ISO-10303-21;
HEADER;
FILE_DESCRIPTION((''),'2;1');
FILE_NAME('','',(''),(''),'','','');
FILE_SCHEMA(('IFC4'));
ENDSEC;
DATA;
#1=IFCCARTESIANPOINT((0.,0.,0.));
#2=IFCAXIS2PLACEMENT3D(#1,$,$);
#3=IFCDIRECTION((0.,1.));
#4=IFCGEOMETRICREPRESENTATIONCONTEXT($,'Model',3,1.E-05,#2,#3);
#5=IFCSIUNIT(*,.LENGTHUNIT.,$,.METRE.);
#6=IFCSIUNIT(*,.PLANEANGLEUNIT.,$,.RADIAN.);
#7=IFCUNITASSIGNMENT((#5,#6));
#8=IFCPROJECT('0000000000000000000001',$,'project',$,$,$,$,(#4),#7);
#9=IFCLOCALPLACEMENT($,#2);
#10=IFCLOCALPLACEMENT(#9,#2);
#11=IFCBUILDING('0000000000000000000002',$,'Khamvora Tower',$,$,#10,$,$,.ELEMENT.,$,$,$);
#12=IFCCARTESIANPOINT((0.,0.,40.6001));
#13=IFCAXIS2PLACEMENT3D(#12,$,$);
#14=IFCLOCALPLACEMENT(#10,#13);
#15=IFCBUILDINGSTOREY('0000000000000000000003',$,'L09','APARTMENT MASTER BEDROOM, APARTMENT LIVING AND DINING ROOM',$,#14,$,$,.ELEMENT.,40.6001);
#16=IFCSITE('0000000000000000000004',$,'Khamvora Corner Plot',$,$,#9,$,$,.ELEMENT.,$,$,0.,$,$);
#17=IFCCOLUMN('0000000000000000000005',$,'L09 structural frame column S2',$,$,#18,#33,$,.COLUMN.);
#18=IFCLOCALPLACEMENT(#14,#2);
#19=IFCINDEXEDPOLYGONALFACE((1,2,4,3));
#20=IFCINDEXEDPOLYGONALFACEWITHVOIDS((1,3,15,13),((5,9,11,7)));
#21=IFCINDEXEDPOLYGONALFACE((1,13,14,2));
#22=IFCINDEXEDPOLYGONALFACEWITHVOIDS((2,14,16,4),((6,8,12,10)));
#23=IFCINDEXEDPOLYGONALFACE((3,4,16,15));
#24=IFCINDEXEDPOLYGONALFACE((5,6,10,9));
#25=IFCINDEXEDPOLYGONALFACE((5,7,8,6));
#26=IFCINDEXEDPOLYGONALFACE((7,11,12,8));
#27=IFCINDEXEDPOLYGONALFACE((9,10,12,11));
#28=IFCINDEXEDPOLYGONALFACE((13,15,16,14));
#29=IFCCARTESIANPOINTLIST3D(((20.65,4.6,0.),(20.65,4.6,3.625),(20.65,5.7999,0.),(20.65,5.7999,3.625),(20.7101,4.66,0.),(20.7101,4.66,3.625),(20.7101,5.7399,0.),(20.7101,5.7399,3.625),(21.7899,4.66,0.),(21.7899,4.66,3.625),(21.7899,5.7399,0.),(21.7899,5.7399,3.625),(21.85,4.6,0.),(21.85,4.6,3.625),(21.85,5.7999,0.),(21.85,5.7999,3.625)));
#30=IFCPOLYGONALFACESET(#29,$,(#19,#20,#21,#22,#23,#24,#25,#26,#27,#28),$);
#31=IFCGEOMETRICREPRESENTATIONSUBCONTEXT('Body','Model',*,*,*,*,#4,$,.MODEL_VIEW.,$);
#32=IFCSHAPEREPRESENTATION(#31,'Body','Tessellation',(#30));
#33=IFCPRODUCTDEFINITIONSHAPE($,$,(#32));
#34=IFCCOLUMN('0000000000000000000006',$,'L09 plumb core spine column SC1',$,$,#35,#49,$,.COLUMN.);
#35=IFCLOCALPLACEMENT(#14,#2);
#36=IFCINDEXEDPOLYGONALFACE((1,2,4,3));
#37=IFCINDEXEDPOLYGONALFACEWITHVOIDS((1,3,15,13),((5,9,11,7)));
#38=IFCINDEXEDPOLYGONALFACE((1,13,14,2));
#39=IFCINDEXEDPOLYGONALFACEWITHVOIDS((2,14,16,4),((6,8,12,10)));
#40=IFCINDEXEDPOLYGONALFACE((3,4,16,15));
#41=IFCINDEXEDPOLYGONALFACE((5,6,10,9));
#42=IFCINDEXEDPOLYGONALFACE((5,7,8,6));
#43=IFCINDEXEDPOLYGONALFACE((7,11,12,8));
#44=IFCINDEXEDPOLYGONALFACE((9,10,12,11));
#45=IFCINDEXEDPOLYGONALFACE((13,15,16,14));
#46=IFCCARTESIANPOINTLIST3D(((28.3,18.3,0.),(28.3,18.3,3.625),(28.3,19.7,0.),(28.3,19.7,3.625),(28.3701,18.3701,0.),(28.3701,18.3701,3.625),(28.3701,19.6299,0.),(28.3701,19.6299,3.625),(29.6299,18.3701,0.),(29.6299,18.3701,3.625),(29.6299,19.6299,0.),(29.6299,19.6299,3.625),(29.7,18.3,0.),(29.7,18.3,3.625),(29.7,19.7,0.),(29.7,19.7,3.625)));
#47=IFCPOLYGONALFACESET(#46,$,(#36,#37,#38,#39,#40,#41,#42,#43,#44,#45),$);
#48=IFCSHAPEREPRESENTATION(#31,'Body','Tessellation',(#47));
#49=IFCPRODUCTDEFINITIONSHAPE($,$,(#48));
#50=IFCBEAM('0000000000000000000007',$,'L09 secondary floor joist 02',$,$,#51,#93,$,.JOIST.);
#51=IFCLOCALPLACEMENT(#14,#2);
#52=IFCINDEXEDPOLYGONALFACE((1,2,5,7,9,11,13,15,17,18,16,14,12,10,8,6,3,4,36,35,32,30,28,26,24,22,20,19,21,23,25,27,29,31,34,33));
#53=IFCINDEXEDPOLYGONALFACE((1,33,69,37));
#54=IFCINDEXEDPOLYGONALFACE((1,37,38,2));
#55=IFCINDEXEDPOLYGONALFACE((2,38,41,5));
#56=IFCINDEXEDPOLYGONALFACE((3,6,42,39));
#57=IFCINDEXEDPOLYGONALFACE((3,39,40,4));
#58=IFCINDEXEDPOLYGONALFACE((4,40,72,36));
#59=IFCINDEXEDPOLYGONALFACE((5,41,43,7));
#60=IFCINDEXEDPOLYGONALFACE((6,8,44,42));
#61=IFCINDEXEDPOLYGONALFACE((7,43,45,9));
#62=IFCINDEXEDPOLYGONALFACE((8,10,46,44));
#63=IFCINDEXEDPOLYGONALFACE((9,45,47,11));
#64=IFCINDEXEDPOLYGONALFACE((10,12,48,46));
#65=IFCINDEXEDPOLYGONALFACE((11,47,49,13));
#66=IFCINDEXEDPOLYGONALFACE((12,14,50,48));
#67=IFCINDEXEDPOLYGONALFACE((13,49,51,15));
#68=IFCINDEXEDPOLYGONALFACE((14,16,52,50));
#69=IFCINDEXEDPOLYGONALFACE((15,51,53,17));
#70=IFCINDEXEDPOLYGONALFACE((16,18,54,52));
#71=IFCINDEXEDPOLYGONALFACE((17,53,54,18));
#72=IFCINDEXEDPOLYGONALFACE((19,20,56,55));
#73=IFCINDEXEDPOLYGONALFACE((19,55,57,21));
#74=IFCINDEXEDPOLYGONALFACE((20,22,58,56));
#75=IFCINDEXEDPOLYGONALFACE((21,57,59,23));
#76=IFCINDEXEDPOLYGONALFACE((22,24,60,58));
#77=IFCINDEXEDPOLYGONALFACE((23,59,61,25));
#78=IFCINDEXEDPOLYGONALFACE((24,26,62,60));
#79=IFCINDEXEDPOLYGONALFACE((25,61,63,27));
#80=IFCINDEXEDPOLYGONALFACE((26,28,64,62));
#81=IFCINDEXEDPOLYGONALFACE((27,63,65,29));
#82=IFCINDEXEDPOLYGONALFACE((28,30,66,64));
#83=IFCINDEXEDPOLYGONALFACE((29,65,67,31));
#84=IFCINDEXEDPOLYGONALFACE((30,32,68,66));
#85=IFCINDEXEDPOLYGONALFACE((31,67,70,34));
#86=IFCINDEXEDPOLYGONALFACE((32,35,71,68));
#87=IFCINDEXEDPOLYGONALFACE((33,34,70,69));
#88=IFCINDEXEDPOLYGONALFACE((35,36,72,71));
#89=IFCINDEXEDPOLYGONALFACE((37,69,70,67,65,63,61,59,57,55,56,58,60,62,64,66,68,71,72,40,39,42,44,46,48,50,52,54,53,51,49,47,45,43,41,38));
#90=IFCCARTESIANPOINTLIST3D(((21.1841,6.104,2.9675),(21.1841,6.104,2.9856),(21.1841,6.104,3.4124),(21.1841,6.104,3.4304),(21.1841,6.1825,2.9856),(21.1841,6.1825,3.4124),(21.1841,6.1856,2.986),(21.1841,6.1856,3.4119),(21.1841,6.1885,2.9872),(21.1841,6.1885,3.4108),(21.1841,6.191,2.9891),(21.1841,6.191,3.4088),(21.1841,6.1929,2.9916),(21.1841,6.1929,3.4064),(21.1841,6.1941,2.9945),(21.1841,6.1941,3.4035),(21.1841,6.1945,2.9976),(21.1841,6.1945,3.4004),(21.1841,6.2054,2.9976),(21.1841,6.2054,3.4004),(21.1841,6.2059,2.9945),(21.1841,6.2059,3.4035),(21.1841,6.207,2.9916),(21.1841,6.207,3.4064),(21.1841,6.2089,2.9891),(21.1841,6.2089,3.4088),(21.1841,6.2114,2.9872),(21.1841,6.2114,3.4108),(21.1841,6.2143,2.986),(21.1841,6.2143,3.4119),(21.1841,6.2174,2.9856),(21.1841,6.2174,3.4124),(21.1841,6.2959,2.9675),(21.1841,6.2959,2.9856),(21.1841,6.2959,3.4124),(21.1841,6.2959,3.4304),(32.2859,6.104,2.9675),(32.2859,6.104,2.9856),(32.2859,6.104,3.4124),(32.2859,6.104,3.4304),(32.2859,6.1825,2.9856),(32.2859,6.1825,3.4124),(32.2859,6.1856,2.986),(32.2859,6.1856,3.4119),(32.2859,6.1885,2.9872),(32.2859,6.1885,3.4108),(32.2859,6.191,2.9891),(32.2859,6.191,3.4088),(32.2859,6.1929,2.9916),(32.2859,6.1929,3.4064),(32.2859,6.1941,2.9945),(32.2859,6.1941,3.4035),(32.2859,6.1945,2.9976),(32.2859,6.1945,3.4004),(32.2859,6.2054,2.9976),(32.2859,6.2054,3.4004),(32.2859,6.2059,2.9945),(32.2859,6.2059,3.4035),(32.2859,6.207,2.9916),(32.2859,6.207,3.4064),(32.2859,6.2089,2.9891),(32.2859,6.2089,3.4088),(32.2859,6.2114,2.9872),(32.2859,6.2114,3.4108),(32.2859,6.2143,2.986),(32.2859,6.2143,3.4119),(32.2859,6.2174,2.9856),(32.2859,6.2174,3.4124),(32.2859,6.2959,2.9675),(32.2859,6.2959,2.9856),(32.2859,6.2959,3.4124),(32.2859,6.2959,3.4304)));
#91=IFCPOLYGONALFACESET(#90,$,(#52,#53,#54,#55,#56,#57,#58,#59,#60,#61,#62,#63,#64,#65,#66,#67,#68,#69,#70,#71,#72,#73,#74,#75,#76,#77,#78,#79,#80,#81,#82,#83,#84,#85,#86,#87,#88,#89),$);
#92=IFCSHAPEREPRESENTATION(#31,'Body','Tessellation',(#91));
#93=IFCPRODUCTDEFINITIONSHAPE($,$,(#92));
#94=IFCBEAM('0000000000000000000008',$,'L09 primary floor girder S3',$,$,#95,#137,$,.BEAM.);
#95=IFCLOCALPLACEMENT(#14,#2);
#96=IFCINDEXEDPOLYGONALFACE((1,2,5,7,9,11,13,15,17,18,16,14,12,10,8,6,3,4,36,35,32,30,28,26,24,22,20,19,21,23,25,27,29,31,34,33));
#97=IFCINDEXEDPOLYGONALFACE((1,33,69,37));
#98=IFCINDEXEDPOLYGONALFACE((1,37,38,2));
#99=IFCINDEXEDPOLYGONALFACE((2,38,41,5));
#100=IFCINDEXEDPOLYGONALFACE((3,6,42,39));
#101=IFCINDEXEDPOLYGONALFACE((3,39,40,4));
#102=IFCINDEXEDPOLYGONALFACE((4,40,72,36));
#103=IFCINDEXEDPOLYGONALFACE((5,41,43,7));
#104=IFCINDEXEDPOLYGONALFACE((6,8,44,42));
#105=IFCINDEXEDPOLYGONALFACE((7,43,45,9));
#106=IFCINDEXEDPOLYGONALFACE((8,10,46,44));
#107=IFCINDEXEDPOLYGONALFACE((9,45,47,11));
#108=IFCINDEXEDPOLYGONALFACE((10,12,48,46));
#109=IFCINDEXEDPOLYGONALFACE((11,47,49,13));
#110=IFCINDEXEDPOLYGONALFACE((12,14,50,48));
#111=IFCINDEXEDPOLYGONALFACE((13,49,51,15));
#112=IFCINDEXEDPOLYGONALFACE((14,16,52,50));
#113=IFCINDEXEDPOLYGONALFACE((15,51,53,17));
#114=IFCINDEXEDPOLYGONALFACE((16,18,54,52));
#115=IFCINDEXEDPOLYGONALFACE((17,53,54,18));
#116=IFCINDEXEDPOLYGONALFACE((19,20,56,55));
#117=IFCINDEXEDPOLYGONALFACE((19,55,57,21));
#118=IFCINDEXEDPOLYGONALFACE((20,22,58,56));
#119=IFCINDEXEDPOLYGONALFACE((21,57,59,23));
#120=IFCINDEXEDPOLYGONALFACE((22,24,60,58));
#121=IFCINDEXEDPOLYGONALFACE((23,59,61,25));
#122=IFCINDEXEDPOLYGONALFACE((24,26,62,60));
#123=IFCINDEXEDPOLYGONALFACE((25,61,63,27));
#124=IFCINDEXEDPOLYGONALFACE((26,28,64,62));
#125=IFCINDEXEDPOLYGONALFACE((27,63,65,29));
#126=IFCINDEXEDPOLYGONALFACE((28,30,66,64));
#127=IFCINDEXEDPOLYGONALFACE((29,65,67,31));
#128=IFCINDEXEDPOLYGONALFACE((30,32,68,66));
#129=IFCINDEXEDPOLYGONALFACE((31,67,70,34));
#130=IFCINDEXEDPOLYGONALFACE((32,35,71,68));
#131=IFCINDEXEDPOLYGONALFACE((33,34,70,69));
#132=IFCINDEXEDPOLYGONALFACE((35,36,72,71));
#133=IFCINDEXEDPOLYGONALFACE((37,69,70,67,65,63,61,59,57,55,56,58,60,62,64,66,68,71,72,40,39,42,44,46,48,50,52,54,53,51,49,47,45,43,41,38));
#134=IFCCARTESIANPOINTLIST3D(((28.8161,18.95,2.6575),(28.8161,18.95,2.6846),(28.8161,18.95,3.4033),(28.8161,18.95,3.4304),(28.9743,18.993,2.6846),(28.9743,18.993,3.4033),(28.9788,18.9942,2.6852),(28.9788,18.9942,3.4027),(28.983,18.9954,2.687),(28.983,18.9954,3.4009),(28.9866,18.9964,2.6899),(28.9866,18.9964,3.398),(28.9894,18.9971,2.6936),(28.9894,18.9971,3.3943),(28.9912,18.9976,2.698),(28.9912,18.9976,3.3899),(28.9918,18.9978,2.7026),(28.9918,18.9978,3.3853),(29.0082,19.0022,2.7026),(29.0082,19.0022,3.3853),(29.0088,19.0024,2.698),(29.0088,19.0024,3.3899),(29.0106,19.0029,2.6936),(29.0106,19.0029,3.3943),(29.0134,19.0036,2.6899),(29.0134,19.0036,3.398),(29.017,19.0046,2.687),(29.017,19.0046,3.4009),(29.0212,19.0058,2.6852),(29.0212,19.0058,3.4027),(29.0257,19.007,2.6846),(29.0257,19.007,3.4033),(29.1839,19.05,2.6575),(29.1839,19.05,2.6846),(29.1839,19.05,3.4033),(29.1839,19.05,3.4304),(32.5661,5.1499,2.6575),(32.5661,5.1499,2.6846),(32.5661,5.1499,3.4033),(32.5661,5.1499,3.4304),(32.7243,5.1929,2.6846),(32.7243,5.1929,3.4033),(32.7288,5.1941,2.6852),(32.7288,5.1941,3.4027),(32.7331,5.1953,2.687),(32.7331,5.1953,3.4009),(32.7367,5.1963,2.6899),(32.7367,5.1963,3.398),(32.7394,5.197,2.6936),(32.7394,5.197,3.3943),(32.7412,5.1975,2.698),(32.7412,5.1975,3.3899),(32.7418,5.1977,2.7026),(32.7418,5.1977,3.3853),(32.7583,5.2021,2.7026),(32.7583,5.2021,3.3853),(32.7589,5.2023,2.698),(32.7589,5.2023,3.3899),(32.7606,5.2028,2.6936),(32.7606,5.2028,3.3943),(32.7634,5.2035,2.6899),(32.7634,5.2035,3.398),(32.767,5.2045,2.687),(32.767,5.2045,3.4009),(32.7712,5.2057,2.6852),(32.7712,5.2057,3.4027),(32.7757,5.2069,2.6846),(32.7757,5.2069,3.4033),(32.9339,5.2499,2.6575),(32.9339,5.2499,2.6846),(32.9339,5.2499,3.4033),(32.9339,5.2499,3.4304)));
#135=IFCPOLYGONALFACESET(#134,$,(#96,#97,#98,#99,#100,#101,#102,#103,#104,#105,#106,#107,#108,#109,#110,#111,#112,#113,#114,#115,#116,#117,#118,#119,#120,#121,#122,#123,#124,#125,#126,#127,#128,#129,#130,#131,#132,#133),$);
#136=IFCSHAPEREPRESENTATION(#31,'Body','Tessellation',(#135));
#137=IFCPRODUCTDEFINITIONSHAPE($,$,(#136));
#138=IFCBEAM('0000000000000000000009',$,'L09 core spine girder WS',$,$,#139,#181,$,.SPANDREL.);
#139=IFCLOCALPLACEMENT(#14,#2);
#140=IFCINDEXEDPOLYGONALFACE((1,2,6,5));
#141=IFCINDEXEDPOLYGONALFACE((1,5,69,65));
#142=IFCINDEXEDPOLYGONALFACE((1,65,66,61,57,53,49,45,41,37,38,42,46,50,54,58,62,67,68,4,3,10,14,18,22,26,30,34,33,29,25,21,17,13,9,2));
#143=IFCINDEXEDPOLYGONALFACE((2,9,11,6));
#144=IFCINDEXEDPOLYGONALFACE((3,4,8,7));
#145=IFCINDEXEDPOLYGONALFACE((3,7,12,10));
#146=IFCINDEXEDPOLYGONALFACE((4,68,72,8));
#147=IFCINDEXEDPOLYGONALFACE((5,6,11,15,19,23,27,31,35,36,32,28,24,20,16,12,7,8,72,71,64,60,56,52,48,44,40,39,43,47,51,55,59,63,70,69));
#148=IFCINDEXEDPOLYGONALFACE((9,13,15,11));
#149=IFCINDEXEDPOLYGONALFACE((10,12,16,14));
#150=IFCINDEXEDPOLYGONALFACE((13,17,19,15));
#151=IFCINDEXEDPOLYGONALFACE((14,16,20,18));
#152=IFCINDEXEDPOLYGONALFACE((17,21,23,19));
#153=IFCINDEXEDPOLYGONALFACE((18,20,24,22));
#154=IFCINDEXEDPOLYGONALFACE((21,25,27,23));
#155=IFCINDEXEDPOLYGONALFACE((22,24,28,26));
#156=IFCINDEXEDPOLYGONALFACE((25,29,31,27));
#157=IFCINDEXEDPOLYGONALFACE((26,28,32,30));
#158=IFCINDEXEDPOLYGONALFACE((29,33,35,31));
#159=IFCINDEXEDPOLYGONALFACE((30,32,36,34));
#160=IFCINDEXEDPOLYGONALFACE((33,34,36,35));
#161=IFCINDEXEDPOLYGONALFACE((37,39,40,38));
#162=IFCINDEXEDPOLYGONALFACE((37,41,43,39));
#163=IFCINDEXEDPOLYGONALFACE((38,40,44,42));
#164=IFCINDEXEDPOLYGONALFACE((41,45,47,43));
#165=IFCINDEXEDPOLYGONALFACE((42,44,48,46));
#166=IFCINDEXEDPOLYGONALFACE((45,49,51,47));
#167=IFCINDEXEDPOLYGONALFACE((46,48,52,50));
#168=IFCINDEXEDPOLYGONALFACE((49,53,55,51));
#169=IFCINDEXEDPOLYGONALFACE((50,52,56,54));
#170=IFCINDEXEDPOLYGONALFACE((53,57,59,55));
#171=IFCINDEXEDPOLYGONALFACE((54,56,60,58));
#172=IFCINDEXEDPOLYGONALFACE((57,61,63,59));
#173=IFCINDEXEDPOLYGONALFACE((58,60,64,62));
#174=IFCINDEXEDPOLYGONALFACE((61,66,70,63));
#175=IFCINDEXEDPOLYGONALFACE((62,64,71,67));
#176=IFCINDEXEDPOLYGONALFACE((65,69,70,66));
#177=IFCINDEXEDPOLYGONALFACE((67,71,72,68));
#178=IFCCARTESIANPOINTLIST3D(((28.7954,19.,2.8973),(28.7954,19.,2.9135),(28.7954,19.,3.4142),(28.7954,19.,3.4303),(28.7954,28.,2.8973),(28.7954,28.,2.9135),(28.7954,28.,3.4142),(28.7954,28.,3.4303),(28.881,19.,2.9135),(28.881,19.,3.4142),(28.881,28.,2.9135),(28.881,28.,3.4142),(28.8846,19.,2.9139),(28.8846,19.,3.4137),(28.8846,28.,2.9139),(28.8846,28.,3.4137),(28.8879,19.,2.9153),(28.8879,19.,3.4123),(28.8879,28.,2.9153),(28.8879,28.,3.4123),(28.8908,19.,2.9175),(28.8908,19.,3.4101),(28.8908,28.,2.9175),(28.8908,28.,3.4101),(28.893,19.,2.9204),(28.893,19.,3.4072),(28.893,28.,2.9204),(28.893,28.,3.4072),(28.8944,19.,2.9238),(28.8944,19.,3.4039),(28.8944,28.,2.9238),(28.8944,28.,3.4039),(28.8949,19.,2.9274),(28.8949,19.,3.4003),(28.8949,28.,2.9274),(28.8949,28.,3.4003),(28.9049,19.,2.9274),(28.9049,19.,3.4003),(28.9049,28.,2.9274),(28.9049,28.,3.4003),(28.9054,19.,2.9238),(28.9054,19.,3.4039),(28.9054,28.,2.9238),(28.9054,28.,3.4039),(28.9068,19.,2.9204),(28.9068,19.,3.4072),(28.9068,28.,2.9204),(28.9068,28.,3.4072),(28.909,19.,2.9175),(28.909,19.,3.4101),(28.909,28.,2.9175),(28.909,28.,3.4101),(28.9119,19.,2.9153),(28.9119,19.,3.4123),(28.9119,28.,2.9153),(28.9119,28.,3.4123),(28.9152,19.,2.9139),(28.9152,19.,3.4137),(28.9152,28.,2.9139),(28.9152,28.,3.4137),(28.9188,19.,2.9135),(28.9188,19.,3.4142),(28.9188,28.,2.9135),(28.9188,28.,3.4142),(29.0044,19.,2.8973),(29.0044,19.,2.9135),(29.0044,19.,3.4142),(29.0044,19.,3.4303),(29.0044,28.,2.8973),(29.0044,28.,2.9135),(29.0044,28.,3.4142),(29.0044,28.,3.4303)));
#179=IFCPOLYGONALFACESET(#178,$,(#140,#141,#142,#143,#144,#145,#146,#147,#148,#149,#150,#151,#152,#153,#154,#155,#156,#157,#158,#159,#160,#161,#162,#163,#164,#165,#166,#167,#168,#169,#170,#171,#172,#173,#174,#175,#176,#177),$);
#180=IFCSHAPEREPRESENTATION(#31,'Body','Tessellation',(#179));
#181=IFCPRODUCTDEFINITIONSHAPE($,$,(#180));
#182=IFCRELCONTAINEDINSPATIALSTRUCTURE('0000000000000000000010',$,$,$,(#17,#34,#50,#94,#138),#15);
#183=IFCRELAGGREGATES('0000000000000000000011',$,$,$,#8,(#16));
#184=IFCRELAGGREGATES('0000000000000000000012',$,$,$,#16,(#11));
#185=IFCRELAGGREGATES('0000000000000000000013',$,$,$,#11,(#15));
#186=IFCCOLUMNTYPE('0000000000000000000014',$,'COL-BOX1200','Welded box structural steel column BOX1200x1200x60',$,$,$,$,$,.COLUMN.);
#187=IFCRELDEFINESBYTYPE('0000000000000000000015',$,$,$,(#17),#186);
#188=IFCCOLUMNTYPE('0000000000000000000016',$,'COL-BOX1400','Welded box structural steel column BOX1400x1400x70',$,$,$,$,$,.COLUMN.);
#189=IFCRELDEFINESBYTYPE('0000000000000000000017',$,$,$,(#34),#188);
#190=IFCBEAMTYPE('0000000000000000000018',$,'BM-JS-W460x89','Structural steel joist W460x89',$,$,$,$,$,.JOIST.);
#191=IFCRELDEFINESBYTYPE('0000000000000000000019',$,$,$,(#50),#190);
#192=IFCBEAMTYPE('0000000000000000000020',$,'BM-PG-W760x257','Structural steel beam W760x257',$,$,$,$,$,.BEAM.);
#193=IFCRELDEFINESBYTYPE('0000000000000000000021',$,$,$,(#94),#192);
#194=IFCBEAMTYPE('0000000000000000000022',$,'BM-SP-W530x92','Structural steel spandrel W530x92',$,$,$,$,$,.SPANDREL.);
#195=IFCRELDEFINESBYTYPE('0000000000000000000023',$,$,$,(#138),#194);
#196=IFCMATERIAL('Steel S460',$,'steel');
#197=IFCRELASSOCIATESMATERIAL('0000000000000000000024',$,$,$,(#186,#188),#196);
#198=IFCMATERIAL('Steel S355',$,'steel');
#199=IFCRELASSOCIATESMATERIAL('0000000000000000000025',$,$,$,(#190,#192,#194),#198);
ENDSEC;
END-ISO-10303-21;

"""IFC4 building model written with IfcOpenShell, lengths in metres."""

from ifc_helpers import new_model, si_unit, direction, frame, origin, origin_2d, place, context, subcontext, project, spatial, hollow_rectangle, i_section, extrude, material, material_profile, profile_set, type_object, element, save


model = new_model("IFC4")

# Units and contexts
model_context = context("Model", 3, precision=1e-05, world=origin(), true_north=direction((0.0, 1.0)))
body_context = subcontext(model_context, "Body", "Model", "MODEL_VIEW")
ifc_project = project(units=[si_unit("LENGTHUNIT", "METRE"), si_unit("PLANEANGLEUNIT", "RADIAN")], contexts=[model_context])

# Site, building, storey
site_placement = place(None, origin())
site = spatial("IfcSite", under=ifc_project, at=site_placement, Name="Khamvora Corner Plot", CompositionType="ELEMENT", RefElevation=0.0)
building_placement = place(site_placement, origin())
building = spatial("IfcBuilding", under=site, at=building_placement, Name="Khamvora Tower", CompositionType="ELEMENT")
storey_placement = place(building_placement, frame((0.0, 0.0, 40.6001)))
storey = spatial("IfcBuildingStorey", under=building, at=storey_placement, Name="L09", Description="APARTMENT MASTER BEDROOM, APARTMENT LIVING AND DINING ROOM", CompositionType="ELEMENT", Elevation=40.6001)

# Columns
ifc_material_1 = material(Name="Steel S460", Category="steel")
ifc_material_profile_1 = material_profile(ifc_material_1, hollow_rectangle(XDim=1.2, YDim=1.2, WallThickness=0.0601, at=origin_2d()), Name="BOX1200x1200x60")
ifc_profile_set_1 = profile_set([ifc_material_profile_1], Name="Steel S460")
column_type_1 = type_object("IfcColumnType", Name="COL-BOX1200", Description="Welded box structural steel column BOX1200x1200x60", PredefinedType="COLUMN", material=ifc_profile_set_1)
column_1_placement = place(storey_placement, frame((21.25, 5.2, 0.0), z_axis=(0.0, 0.0, 1.0), x_axis=(1.0, 0.0, 0.0)))
element("IfcColumn", 1, at=column_1_placement, inside=storey, type_object=column_type_1, Name="L09 structural frame column S2", PredefinedType="COLUMN", context=body_context, shape_type="SweptSolid", body=[
    extrude(hollow_rectangle(XDim=1.2, YDim=1.2, WallThickness=0.0601, at=origin_2d()), origin(), (0.0, 0.0, 1.0), 3.625),
])
ifc_material_profile_2 = material_profile(ifc_material_1, hollow_rectangle(XDim=1.3999, YDim=1.3999, WallThickness=0.0701, at=origin_2d()), Name="BOX1400x1400x70")
ifc_profile_set_2 = profile_set([ifc_material_profile_2], Name="Steel S460")
column_type_2 = type_object("IfcColumnType", Name="COL-BOX1400", Description="Welded box structural steel column BOX1400x1400x70", PredefinedType="COLUMN", material=ifc_profile_set_2)
column_2_placement = place(storey_placement, frame((29.0, 19.0, 0.0), z_axis=(0.0, 0.0, 1.0), x_axis=(1.0, 0.0, 0.0)))
element("IfcColumn", 2, at=column_2_placement, inside=storey, type_object=column_type_2, Name="L09 plumb core spine column SC1", PredefinedType="COLUMN", context=body_context, shape_type="SweptSolid", body=[
    extrude(hollow_rectangle(XDim=1.3999, YDim=1.3999, WallThickness=0.0701, at=origin_2d()), origin(), (0.0, 0.0, 1.0), 3.625),
])

# Beams
ifc_material_2 = material(Name="Steel S355", Category="steel")
ifc_material_profile_3 = material_profile(ifc_material_2, i_section(OverallWidth=0.1919, OverallDepth=0.4629, WebThickness=0.011, FlangeThickness=0.0181, FilletRadius=0.012, at=origin_2d()), Name="W460x89")
ifc_profile_set_3 = profile_set([ifc_material_profile_3], Name="Steel S355")
beam_type_1 = type_object("IfcBeamType", Name="BM-JS-W460x89", Description="Structural steel joist W460x89", PredefinedType="JOIST", material=ifc_profile_set_3)
beam_1_placement = place(storey_placement, frame((21.1841, 6.2, 3.199), z_axis=(1.0, 0.0, 0.0), x_axis=(0.0, 1.0, 0.0)))
element("IfcBeam", 3, at=beam_1_placement, inside=storey, type_object=beam_type_1, Name="L09 secondary floor joist 02", PredefinedType="JOIST", context=body_context, shape_type="SweptSolid", body=[
    extrude(i_section(OverallWidth=0.1919, OverallDepth=0.4629, WebThickness=0.011, FlangeThickness=0.0181, FilletRadius=0.012, at=origin_2d()), origin(), (0.0, 0.0, 1.0), 11.1018),
])
ifc_material_profile_4 = material_profile(ifc_material_2, i_section(OverallWidth=0.3811, OverallDepth=0.7729, WebThickness=0.0171, FlangeThickness=0.0271, FilletRadius=0.0181, at=origin_2d()), Name="W760x257")
ifc_profile_set_4 = profile_set([ifc_material_profile_4], Name="Steel S355")
beam_type_2 = type_object("IfcBeamType", Name="BM-PG-W760x257", Description="Structural steel beam W760x257", PredefinedType="BEAM", material=ifc_profile_set_4)
beam_2_placement = place(storey_placement, frame((29.0, 19.0, 3.0439), z_axis=(0.262229, -0.965006, 0.0), x_axis=(0.965006, 0.262229, 0.0)))
element("IfcBeam", 4, at=beam_2_placement, inside=storey, type_object=beam_type_2, Name="L09 primary floor girder S3", PredefinedType="BEAM", context=body_context, shape_type="SweptSolid", body=[
    extrude(i_section(OverallWidth=0.3811, OverallDepth=0.7729, WebThickness=0.0171, FlangeThickness=0.0271, FilletRadius=0.0181, at=origin_2d()), origin(), (0.0, 0.0, 1.0), 14.3005),
])
ifc_material_profile_5 = material_profile(ifc_material_2, i_section(OverallWidth=0.209, OverallDepth=0.533, WebThickness=0.01, FlangeThickness=0.0161, FilletRadius=0.0139, at=origin_2d()), Name="W530x92")
ifc_profile_set_5 = profile_set([ifc_material_profile_5], Name="Steel S355")
beam_type_3 = type_object("IfcBeamType", Name="BM-SP-W530x92", Description="Structural steel spandrel W530x92", PredefinedType="SPANDREL", material=ifc_profile_set_5)
beam_3_placement = place(storey_placement, frame((28.8999, 19.0, 3.1638), z_axis=(0.0, 1.0, 0.0), x_axis=(-1.0, 0.0, 0.0)))
element("IfcBeam", 5, at=beam_3_placement, inside=storey, type_object=beam_type_3, Name="L09 core spine girder WS", PredefinedType="SPANDREL", context=body_context, shape_type="SweptSolid", body=[
    extrude(i_section(OverallWidth=0.209, OverallDepth=0.533, WebThickness=0.01, FlangeThickness=0.0161, FilletRadius=0.0139, at=origin_2d()), origin(), (0.0, 0.0, 1.0), 9.0),
])

save(model, "model.ifc")
